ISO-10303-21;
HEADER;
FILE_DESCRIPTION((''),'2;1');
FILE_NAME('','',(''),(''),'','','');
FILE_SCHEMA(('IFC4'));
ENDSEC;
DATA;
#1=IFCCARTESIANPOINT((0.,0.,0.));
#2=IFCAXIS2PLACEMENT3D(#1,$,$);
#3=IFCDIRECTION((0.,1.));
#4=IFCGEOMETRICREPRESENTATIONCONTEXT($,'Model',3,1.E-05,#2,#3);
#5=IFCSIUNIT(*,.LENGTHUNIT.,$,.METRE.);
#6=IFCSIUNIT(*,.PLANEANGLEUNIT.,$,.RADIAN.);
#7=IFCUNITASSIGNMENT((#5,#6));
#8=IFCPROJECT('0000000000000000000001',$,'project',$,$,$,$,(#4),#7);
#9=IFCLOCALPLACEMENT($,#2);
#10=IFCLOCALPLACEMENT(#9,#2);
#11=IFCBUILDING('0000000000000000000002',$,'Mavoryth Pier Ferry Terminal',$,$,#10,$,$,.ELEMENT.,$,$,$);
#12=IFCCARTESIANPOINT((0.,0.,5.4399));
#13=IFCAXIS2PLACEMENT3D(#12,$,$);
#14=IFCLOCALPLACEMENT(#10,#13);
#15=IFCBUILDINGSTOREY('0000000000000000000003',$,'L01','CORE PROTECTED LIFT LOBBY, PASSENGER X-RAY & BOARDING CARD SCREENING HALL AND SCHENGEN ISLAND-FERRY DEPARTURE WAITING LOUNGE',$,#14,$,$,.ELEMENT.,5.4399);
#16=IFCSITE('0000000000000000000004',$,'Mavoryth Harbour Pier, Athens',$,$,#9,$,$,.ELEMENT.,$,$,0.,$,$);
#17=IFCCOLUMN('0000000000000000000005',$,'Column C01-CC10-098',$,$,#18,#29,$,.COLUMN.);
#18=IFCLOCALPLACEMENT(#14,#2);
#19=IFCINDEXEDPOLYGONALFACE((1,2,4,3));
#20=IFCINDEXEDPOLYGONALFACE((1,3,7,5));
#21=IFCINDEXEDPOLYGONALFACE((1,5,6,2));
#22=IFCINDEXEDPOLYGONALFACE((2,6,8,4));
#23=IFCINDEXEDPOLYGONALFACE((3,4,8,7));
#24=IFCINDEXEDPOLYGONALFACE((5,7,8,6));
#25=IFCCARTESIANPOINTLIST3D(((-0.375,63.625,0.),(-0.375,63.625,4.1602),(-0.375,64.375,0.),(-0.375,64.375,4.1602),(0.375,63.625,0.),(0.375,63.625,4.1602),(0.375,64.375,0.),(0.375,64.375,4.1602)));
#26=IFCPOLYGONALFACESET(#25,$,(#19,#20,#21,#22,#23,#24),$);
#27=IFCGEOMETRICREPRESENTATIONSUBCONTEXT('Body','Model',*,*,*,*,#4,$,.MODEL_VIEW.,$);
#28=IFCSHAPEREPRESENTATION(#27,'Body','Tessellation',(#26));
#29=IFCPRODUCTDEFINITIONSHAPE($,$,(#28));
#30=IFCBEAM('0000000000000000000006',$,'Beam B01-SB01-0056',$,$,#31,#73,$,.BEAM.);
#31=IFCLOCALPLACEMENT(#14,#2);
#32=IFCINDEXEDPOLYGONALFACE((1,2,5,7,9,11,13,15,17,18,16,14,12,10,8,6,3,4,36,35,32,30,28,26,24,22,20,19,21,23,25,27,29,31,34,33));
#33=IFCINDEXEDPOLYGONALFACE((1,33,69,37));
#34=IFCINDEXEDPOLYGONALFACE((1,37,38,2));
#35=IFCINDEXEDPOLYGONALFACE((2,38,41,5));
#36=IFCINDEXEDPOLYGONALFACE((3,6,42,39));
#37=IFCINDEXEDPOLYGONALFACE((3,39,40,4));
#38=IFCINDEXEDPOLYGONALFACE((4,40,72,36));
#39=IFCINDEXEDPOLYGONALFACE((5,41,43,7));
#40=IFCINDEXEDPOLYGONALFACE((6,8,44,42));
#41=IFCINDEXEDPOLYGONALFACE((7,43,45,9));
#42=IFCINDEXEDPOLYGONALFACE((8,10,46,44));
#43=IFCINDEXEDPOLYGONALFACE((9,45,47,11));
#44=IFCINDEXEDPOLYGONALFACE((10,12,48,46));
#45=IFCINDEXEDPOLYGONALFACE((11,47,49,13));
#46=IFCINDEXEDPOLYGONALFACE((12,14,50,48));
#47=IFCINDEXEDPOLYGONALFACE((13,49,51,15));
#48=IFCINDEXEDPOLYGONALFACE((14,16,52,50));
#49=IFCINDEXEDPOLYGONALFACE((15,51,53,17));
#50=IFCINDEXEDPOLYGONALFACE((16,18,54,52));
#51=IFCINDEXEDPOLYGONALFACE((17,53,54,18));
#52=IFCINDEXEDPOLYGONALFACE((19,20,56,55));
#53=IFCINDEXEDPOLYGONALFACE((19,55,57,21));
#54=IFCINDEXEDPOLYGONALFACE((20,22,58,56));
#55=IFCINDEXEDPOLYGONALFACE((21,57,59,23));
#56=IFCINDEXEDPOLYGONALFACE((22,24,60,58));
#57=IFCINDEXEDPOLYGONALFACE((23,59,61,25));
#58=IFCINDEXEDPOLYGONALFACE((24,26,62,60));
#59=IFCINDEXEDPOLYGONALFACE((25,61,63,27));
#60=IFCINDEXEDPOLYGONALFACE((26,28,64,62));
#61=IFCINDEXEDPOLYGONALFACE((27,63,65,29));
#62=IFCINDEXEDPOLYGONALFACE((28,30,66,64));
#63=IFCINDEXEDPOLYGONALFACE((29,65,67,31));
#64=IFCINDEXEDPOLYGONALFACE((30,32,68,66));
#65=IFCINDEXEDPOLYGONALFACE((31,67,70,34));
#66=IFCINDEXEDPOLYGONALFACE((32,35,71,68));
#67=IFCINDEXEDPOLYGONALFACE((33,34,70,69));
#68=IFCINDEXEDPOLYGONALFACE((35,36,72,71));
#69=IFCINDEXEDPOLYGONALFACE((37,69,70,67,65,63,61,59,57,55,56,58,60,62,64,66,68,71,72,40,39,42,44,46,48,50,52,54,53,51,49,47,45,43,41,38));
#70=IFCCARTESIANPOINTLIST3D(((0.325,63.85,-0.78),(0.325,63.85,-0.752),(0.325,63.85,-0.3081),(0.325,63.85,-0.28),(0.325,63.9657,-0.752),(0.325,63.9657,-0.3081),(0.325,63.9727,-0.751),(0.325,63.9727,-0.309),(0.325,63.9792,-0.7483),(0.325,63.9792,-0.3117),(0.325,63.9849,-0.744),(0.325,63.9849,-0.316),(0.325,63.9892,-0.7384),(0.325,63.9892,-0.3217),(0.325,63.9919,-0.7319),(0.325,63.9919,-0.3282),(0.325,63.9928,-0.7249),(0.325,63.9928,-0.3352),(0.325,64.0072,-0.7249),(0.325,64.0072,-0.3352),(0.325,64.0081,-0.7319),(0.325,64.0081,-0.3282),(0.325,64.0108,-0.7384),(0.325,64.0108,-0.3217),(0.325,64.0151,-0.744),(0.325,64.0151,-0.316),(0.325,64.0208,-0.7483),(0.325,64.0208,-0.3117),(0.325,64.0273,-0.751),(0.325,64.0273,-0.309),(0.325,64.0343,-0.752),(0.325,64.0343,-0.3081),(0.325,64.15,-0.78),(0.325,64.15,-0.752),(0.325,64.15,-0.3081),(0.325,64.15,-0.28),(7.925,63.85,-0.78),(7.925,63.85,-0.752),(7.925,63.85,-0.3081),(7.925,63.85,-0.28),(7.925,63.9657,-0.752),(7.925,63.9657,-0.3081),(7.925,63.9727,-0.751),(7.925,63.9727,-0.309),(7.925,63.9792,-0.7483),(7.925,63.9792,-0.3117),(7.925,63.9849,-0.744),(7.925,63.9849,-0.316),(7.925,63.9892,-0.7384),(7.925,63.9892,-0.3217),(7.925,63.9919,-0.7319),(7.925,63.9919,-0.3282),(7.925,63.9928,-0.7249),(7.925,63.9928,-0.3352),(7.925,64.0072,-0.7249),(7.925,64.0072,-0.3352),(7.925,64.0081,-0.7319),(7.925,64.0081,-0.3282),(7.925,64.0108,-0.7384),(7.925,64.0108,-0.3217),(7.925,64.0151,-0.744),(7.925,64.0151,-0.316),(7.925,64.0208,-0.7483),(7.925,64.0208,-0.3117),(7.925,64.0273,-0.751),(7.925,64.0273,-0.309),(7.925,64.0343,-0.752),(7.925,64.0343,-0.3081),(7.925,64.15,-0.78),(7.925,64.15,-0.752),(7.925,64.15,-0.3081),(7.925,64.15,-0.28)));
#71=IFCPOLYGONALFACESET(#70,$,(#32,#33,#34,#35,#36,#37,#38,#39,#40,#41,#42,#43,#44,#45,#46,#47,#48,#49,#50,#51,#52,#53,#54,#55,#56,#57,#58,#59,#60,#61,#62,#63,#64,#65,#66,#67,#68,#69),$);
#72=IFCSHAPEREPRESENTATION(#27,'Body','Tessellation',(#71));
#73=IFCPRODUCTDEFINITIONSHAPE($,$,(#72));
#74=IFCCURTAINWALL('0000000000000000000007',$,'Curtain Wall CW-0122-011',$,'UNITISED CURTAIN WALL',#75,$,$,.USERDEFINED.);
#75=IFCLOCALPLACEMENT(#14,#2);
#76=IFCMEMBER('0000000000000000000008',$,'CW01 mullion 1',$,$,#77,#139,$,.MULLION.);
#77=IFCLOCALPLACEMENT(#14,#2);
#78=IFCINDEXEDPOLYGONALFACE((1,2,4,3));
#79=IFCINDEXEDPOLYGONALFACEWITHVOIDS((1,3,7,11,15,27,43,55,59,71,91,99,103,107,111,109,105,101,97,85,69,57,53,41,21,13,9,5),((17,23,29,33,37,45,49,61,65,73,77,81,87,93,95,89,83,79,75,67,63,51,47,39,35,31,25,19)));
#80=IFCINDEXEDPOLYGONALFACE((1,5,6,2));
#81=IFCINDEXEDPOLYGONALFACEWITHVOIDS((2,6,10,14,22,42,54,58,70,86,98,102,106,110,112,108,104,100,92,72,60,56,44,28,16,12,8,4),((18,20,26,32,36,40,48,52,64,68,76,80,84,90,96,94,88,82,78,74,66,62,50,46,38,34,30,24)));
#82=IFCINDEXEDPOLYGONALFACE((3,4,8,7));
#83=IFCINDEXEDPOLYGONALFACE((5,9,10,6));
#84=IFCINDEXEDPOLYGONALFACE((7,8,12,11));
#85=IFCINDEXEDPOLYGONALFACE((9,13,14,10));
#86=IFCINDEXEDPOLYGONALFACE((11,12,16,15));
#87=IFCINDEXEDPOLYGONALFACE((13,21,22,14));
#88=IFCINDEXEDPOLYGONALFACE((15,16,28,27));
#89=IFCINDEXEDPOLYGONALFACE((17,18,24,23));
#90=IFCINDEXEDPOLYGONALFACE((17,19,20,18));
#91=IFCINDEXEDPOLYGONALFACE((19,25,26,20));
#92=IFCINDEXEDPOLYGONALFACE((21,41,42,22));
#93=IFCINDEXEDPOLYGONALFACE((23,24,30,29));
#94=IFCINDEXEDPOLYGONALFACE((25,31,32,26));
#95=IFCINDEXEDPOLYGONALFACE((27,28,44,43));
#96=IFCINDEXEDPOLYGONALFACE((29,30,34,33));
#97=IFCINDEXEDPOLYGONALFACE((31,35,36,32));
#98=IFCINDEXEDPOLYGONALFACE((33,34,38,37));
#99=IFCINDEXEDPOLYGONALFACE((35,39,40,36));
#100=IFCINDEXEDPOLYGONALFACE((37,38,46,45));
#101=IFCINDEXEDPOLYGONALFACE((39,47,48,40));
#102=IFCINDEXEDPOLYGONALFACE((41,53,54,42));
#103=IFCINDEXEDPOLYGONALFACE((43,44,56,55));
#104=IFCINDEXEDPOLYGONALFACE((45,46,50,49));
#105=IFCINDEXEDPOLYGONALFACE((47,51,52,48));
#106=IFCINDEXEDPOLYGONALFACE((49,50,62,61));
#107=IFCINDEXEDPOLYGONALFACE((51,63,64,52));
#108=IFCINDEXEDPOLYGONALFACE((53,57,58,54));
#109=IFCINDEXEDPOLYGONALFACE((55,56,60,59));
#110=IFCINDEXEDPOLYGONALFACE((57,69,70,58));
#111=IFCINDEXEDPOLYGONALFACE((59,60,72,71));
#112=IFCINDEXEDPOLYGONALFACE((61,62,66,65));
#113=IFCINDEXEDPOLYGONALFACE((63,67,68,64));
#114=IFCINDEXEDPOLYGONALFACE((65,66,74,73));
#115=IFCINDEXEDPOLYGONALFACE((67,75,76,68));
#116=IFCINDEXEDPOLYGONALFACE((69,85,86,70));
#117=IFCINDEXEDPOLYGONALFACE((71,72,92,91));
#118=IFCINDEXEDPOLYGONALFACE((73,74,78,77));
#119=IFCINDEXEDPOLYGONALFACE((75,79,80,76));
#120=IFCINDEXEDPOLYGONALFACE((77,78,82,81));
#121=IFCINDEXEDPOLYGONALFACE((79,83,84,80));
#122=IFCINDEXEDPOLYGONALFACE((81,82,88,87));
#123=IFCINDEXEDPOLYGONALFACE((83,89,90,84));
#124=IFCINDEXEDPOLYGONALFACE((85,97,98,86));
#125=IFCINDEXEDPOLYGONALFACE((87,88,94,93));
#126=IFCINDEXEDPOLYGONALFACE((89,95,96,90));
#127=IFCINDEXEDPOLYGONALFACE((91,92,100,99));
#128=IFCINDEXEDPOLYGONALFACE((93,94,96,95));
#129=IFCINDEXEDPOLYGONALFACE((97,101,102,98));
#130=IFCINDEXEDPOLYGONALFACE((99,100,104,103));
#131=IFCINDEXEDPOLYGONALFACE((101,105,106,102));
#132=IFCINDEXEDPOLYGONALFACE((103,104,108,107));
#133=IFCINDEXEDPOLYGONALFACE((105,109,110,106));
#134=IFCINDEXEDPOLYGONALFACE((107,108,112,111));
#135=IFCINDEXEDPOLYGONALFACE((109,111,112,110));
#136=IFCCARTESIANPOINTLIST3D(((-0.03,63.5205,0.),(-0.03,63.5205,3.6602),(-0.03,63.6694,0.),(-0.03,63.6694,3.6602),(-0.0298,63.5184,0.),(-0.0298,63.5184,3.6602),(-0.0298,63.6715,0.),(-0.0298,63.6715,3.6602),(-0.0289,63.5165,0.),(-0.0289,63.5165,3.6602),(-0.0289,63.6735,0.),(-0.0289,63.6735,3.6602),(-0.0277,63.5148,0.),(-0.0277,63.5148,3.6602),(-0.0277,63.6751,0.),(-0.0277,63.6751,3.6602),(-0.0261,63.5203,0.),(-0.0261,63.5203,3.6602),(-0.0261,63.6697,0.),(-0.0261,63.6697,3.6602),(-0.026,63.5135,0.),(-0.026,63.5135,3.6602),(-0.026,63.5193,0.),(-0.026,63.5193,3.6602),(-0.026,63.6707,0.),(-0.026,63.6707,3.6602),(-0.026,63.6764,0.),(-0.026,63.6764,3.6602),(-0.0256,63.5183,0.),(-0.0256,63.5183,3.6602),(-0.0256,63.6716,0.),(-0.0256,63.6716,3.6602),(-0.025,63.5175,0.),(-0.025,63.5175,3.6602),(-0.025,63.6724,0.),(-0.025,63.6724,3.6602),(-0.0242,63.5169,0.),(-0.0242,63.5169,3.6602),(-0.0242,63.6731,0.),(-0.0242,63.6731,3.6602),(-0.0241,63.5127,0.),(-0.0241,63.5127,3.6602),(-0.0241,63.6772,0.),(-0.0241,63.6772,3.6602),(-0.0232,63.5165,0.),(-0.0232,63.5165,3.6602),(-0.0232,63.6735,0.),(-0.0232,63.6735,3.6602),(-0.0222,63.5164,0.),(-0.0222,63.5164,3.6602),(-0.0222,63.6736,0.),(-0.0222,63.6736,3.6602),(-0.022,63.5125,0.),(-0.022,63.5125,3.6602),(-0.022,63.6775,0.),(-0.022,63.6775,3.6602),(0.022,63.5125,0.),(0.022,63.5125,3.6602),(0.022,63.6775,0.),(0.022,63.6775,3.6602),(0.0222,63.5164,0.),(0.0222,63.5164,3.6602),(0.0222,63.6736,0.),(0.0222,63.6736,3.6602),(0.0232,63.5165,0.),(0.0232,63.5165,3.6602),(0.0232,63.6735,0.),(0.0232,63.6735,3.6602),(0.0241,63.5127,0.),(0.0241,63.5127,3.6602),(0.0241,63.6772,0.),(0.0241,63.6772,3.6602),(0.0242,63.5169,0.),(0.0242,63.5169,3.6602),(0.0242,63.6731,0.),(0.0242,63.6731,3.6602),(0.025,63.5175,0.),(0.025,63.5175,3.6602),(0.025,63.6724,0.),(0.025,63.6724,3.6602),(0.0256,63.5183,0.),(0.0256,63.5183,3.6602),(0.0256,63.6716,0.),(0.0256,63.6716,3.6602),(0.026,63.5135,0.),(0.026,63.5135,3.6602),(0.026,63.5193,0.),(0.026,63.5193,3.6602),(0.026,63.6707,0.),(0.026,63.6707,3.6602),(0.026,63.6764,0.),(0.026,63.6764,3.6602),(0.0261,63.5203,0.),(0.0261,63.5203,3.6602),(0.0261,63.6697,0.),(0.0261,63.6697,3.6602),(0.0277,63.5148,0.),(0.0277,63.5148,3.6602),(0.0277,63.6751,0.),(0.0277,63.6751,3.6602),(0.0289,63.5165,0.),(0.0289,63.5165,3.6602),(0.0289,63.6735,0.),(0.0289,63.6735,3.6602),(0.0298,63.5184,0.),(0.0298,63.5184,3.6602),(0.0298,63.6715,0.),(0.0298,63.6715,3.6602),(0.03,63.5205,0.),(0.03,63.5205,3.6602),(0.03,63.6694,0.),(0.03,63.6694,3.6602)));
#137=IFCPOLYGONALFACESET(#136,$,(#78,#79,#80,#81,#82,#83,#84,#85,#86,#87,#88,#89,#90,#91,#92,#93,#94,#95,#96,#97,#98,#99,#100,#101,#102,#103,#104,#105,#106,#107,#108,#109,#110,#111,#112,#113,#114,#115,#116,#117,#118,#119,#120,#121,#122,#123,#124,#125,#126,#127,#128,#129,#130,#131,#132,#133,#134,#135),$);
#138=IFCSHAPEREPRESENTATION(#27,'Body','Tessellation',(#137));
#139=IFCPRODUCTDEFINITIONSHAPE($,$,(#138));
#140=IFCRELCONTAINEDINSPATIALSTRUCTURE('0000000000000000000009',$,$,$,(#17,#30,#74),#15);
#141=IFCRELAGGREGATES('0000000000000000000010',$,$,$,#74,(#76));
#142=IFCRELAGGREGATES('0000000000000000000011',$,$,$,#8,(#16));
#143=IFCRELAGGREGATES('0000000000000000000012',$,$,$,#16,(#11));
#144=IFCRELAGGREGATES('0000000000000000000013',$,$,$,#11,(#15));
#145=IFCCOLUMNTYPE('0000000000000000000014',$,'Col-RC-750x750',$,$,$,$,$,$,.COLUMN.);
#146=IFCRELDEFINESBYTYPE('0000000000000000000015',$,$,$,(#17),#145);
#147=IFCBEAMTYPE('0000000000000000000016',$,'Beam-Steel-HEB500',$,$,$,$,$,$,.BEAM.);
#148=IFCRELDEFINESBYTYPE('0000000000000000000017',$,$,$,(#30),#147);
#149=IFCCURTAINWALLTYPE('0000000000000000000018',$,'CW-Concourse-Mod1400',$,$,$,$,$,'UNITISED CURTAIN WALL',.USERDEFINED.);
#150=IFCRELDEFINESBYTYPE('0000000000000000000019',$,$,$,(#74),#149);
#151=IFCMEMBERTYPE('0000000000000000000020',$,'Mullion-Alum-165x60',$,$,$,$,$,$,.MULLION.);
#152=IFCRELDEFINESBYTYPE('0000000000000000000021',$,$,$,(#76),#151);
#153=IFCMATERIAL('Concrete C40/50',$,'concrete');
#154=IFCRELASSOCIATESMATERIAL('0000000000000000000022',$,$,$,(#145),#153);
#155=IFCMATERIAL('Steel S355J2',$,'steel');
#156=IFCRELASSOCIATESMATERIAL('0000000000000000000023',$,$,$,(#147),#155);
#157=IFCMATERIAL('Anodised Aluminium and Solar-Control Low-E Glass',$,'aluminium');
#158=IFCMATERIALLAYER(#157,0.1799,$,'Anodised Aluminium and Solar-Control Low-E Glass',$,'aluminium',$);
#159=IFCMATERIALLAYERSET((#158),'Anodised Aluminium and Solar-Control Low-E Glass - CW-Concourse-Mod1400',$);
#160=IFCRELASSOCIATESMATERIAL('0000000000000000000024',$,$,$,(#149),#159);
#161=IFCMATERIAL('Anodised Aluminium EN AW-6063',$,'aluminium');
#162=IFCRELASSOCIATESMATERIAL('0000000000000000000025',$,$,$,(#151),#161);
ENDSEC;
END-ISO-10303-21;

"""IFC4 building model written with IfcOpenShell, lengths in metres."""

from ifc_helpers import new_model, si_unit, direction, frame, origin, origin_2d, place, context, subcontext, project, spatial, rectangle, hollow_rectangle, i_section, extrude, material, layer, layer_set, material_profile, profile_set, type_object, element, aggregate, save


model = new_model("IFC4")

# Units and contexts
model_context = context("Model", 3, precision=1e-05, world=origin(), true_north=direction((0.0, 1.0)))
body_context = subcontext(model_context, "Body", "Model", "MODEL_VIEW")
ifc_project = project(units=[si_unit("LENGTHUNIT", "METRE"), si_unit("PLANEANGLEUNIT", "RADIAN")], contexts=[model_context])

# Site, building, storey
site_placement = place(None, origin())
site = spatial("IfcSite", under=ifc_project, at=site_placement, Name="Mavoryth Harbour Pier, Athens", CompositionType="ELEMENT", RefElevation=0.0)
building_placement = place(site_placement, origin())
building = spatial("IfcBuilding", under=site, at=building_placement, Name="Mavoryth Pier Ferry Terminal", CompositionType="ELEMENT")
storey_placement = place(building_placement, frame((0.0, 0.0, 5.4399)))
storey = spatial("IfcBuildingStorey", under=building, at=storey_placement, Name="L01", Description="CORE PROTECTED LIFT LOBBY, PASSENGER X-RAY & BOARDING CARD SCREENING HALL AND SCHENGEN ISLAND-FERRY DEPARTURE WAITING LOUNGE", CompositionType="ELEMENT", Elevation=5.4399)

# Column
ifc_material_1 = material(Name="Concrete C40/50", Category="concrete")
ifc_material_profile_1 = material_profile(ifc_material_1, rectangle(XDim=0.75, YDim=0.75, at=origin_2d()), Name="RC 750x750", Category="concrete")
ifc_profile_set_1 = profile_set([ifc_material_profile_1], Name="Concrete C40/50 - RC 750x750")
column_type = type_object("IfcColumnType", Name="Col-RC-750x750", PredefinedType="COLUMN", material=ifc_profile_set_1)
column_placement = place(storey_placement, frame((0.0, 64.0, 0.0), z_axis=(0.0, 0.0, 1.0), x_axis=(1.0, 0.0, 0.0)))
element("IfcColumn", 1, at=column_placement, inside=storey, type_object=column_type, Name="Column C01-CC10-098", PredefinedType="COLUMN", context=body_context, shape_type="SweptSolid", body=[
    extrude(rectangle(XDim=0.75, YDim=0.75, at=origin_2d()), origin(), (0.0, 0.0, 1.0), 4.1602),
])

# Beam
ifc_material_2 = material(Name="Steel S355J2", Category="steel")
ifc_material_profile_2 = material_profile(ifc_material_2, i_section(OverallWidth=0.3, OverallDepth=0.5, WebThickness=0.0144, FlangeThickness=0.0281, FilletRadius=0.0271, at=origin_2d()), Name="HEB 500", Category="steel")
ifc_profile_set_2 = profile_set([ifc_material_profile_2], Name="Steel S355J2 - HEB 500")
beam_type_1 = type_object("IfcBeamType", Name="Beam-Steel-HEB500", PredefinedType="BEAM", material=ifc_profile_set_2)
beam_1_placement = place(storey_placement, frame((0.325, 64.0, -0.53), z_axis=(1.0, 0.0, 0.0), x_axis=(0.0, 1.0, 0.0)))
element("IfcBeam", 2, at=beam_1_placement, inside=storey, type_object=beam_type_1, Name="Beam B01-SB01-0056", PredefinedType="BEAM", context=body_context, shape_type="SweptSolid", body=[
    extrude(i_section(OverallWidth=0.3, OverallDepth=0.5, WebThickness=0.0144, FlangeThickness=0.0281, FilletRadius=0.0271, at=origin_2d()), origin(), (0.0, 0.0, 1.0), 7.6001),
])

# Curtain wall, member
ifc_material_3 = material(Name="Anodised Aluminium and Solar-Control Low-E Glass", Category="aluminium")
ifc_layer_1 = layer(ifc_material_3, 0.1799, Name="Anodised Aluminium and Solar-Control Low-E Glass", Category="aluminium")
ifc_layer_set_1 = layer_set([ifc_layer_1], Name="Anodised Aluminium and Solar-Control Low-E Glass - CW-Concourse-Mod1400")
curtain_wall_type = type_object("IfcCurtainWallType", Name="CW-Concourse-Mod1400", ElementType="UNITISED CURTAIN WALL", PredefinedType="USERDEFINED", material=ifc_layer_set_1)
curtain_wall_1_placement = place(storey_placement, origin())
curtain_wall_1 = element("IfcCurtainWall", 3, at=curtain_wall_1_placement, inside=storey, type_object=curtain_wall_type, Name="Curtain Wall CW-0122-011", ObjectType="UNITISED CURTAIN WALL", PredefinedType="USERDEFINED")
ifc_material_4 = material(Name="Anodised Aluminium EN AW-6063", Category="aluminium")
ifc_material_profile_3 = material_profile(ifc_material_4, hollow_rectangle(XDim=0.0601, YDim=0.165, WallThickness=0.0039, InnerFilletRadius=0.0039, OuterFilletRadius=0.0081, at=origin_2d()), Name="AL-MULL 165x60x4", Category="aluminium")
ifc_profile_set_3 = profile_set([ifc_material_profile_3], Name="Anodised Aluminium EN AW-6063 - AL-MULL 165x60x4")
member_type_1 = type_object("IfcMemberType", Name="Mullion-Alum-165x60", PredefinedType="MULLION", material=ifc_profile_set_3)
member_1_placement = place(storey_placement, frame((0.0, 63.595, 0.0), z_axis=(0.0, 0.0, 1.0), x_axis=(1.0, 0.0, 0.0)))
member_1 = element("IfcMember", 4, at=member_1_placement, type_object=member_type_1, Name="CW01 mullion 1", PredefinedType="MULLION", context=body_context, shape_type="SweptSolid", body=[
    extrude(hollow_rectangle(XDim=0.0601, YDim=0.165, WallThickness=0.0039, InnerFilletRadius=0.0039, OuterFilletRadius=0.0081, at=origin_2d()), origin(), (0.0, 0.0, 1.0), 3.6602),
])

aggregate(curtain_wall_1, [member_1])

save(model, "model.ifc")
